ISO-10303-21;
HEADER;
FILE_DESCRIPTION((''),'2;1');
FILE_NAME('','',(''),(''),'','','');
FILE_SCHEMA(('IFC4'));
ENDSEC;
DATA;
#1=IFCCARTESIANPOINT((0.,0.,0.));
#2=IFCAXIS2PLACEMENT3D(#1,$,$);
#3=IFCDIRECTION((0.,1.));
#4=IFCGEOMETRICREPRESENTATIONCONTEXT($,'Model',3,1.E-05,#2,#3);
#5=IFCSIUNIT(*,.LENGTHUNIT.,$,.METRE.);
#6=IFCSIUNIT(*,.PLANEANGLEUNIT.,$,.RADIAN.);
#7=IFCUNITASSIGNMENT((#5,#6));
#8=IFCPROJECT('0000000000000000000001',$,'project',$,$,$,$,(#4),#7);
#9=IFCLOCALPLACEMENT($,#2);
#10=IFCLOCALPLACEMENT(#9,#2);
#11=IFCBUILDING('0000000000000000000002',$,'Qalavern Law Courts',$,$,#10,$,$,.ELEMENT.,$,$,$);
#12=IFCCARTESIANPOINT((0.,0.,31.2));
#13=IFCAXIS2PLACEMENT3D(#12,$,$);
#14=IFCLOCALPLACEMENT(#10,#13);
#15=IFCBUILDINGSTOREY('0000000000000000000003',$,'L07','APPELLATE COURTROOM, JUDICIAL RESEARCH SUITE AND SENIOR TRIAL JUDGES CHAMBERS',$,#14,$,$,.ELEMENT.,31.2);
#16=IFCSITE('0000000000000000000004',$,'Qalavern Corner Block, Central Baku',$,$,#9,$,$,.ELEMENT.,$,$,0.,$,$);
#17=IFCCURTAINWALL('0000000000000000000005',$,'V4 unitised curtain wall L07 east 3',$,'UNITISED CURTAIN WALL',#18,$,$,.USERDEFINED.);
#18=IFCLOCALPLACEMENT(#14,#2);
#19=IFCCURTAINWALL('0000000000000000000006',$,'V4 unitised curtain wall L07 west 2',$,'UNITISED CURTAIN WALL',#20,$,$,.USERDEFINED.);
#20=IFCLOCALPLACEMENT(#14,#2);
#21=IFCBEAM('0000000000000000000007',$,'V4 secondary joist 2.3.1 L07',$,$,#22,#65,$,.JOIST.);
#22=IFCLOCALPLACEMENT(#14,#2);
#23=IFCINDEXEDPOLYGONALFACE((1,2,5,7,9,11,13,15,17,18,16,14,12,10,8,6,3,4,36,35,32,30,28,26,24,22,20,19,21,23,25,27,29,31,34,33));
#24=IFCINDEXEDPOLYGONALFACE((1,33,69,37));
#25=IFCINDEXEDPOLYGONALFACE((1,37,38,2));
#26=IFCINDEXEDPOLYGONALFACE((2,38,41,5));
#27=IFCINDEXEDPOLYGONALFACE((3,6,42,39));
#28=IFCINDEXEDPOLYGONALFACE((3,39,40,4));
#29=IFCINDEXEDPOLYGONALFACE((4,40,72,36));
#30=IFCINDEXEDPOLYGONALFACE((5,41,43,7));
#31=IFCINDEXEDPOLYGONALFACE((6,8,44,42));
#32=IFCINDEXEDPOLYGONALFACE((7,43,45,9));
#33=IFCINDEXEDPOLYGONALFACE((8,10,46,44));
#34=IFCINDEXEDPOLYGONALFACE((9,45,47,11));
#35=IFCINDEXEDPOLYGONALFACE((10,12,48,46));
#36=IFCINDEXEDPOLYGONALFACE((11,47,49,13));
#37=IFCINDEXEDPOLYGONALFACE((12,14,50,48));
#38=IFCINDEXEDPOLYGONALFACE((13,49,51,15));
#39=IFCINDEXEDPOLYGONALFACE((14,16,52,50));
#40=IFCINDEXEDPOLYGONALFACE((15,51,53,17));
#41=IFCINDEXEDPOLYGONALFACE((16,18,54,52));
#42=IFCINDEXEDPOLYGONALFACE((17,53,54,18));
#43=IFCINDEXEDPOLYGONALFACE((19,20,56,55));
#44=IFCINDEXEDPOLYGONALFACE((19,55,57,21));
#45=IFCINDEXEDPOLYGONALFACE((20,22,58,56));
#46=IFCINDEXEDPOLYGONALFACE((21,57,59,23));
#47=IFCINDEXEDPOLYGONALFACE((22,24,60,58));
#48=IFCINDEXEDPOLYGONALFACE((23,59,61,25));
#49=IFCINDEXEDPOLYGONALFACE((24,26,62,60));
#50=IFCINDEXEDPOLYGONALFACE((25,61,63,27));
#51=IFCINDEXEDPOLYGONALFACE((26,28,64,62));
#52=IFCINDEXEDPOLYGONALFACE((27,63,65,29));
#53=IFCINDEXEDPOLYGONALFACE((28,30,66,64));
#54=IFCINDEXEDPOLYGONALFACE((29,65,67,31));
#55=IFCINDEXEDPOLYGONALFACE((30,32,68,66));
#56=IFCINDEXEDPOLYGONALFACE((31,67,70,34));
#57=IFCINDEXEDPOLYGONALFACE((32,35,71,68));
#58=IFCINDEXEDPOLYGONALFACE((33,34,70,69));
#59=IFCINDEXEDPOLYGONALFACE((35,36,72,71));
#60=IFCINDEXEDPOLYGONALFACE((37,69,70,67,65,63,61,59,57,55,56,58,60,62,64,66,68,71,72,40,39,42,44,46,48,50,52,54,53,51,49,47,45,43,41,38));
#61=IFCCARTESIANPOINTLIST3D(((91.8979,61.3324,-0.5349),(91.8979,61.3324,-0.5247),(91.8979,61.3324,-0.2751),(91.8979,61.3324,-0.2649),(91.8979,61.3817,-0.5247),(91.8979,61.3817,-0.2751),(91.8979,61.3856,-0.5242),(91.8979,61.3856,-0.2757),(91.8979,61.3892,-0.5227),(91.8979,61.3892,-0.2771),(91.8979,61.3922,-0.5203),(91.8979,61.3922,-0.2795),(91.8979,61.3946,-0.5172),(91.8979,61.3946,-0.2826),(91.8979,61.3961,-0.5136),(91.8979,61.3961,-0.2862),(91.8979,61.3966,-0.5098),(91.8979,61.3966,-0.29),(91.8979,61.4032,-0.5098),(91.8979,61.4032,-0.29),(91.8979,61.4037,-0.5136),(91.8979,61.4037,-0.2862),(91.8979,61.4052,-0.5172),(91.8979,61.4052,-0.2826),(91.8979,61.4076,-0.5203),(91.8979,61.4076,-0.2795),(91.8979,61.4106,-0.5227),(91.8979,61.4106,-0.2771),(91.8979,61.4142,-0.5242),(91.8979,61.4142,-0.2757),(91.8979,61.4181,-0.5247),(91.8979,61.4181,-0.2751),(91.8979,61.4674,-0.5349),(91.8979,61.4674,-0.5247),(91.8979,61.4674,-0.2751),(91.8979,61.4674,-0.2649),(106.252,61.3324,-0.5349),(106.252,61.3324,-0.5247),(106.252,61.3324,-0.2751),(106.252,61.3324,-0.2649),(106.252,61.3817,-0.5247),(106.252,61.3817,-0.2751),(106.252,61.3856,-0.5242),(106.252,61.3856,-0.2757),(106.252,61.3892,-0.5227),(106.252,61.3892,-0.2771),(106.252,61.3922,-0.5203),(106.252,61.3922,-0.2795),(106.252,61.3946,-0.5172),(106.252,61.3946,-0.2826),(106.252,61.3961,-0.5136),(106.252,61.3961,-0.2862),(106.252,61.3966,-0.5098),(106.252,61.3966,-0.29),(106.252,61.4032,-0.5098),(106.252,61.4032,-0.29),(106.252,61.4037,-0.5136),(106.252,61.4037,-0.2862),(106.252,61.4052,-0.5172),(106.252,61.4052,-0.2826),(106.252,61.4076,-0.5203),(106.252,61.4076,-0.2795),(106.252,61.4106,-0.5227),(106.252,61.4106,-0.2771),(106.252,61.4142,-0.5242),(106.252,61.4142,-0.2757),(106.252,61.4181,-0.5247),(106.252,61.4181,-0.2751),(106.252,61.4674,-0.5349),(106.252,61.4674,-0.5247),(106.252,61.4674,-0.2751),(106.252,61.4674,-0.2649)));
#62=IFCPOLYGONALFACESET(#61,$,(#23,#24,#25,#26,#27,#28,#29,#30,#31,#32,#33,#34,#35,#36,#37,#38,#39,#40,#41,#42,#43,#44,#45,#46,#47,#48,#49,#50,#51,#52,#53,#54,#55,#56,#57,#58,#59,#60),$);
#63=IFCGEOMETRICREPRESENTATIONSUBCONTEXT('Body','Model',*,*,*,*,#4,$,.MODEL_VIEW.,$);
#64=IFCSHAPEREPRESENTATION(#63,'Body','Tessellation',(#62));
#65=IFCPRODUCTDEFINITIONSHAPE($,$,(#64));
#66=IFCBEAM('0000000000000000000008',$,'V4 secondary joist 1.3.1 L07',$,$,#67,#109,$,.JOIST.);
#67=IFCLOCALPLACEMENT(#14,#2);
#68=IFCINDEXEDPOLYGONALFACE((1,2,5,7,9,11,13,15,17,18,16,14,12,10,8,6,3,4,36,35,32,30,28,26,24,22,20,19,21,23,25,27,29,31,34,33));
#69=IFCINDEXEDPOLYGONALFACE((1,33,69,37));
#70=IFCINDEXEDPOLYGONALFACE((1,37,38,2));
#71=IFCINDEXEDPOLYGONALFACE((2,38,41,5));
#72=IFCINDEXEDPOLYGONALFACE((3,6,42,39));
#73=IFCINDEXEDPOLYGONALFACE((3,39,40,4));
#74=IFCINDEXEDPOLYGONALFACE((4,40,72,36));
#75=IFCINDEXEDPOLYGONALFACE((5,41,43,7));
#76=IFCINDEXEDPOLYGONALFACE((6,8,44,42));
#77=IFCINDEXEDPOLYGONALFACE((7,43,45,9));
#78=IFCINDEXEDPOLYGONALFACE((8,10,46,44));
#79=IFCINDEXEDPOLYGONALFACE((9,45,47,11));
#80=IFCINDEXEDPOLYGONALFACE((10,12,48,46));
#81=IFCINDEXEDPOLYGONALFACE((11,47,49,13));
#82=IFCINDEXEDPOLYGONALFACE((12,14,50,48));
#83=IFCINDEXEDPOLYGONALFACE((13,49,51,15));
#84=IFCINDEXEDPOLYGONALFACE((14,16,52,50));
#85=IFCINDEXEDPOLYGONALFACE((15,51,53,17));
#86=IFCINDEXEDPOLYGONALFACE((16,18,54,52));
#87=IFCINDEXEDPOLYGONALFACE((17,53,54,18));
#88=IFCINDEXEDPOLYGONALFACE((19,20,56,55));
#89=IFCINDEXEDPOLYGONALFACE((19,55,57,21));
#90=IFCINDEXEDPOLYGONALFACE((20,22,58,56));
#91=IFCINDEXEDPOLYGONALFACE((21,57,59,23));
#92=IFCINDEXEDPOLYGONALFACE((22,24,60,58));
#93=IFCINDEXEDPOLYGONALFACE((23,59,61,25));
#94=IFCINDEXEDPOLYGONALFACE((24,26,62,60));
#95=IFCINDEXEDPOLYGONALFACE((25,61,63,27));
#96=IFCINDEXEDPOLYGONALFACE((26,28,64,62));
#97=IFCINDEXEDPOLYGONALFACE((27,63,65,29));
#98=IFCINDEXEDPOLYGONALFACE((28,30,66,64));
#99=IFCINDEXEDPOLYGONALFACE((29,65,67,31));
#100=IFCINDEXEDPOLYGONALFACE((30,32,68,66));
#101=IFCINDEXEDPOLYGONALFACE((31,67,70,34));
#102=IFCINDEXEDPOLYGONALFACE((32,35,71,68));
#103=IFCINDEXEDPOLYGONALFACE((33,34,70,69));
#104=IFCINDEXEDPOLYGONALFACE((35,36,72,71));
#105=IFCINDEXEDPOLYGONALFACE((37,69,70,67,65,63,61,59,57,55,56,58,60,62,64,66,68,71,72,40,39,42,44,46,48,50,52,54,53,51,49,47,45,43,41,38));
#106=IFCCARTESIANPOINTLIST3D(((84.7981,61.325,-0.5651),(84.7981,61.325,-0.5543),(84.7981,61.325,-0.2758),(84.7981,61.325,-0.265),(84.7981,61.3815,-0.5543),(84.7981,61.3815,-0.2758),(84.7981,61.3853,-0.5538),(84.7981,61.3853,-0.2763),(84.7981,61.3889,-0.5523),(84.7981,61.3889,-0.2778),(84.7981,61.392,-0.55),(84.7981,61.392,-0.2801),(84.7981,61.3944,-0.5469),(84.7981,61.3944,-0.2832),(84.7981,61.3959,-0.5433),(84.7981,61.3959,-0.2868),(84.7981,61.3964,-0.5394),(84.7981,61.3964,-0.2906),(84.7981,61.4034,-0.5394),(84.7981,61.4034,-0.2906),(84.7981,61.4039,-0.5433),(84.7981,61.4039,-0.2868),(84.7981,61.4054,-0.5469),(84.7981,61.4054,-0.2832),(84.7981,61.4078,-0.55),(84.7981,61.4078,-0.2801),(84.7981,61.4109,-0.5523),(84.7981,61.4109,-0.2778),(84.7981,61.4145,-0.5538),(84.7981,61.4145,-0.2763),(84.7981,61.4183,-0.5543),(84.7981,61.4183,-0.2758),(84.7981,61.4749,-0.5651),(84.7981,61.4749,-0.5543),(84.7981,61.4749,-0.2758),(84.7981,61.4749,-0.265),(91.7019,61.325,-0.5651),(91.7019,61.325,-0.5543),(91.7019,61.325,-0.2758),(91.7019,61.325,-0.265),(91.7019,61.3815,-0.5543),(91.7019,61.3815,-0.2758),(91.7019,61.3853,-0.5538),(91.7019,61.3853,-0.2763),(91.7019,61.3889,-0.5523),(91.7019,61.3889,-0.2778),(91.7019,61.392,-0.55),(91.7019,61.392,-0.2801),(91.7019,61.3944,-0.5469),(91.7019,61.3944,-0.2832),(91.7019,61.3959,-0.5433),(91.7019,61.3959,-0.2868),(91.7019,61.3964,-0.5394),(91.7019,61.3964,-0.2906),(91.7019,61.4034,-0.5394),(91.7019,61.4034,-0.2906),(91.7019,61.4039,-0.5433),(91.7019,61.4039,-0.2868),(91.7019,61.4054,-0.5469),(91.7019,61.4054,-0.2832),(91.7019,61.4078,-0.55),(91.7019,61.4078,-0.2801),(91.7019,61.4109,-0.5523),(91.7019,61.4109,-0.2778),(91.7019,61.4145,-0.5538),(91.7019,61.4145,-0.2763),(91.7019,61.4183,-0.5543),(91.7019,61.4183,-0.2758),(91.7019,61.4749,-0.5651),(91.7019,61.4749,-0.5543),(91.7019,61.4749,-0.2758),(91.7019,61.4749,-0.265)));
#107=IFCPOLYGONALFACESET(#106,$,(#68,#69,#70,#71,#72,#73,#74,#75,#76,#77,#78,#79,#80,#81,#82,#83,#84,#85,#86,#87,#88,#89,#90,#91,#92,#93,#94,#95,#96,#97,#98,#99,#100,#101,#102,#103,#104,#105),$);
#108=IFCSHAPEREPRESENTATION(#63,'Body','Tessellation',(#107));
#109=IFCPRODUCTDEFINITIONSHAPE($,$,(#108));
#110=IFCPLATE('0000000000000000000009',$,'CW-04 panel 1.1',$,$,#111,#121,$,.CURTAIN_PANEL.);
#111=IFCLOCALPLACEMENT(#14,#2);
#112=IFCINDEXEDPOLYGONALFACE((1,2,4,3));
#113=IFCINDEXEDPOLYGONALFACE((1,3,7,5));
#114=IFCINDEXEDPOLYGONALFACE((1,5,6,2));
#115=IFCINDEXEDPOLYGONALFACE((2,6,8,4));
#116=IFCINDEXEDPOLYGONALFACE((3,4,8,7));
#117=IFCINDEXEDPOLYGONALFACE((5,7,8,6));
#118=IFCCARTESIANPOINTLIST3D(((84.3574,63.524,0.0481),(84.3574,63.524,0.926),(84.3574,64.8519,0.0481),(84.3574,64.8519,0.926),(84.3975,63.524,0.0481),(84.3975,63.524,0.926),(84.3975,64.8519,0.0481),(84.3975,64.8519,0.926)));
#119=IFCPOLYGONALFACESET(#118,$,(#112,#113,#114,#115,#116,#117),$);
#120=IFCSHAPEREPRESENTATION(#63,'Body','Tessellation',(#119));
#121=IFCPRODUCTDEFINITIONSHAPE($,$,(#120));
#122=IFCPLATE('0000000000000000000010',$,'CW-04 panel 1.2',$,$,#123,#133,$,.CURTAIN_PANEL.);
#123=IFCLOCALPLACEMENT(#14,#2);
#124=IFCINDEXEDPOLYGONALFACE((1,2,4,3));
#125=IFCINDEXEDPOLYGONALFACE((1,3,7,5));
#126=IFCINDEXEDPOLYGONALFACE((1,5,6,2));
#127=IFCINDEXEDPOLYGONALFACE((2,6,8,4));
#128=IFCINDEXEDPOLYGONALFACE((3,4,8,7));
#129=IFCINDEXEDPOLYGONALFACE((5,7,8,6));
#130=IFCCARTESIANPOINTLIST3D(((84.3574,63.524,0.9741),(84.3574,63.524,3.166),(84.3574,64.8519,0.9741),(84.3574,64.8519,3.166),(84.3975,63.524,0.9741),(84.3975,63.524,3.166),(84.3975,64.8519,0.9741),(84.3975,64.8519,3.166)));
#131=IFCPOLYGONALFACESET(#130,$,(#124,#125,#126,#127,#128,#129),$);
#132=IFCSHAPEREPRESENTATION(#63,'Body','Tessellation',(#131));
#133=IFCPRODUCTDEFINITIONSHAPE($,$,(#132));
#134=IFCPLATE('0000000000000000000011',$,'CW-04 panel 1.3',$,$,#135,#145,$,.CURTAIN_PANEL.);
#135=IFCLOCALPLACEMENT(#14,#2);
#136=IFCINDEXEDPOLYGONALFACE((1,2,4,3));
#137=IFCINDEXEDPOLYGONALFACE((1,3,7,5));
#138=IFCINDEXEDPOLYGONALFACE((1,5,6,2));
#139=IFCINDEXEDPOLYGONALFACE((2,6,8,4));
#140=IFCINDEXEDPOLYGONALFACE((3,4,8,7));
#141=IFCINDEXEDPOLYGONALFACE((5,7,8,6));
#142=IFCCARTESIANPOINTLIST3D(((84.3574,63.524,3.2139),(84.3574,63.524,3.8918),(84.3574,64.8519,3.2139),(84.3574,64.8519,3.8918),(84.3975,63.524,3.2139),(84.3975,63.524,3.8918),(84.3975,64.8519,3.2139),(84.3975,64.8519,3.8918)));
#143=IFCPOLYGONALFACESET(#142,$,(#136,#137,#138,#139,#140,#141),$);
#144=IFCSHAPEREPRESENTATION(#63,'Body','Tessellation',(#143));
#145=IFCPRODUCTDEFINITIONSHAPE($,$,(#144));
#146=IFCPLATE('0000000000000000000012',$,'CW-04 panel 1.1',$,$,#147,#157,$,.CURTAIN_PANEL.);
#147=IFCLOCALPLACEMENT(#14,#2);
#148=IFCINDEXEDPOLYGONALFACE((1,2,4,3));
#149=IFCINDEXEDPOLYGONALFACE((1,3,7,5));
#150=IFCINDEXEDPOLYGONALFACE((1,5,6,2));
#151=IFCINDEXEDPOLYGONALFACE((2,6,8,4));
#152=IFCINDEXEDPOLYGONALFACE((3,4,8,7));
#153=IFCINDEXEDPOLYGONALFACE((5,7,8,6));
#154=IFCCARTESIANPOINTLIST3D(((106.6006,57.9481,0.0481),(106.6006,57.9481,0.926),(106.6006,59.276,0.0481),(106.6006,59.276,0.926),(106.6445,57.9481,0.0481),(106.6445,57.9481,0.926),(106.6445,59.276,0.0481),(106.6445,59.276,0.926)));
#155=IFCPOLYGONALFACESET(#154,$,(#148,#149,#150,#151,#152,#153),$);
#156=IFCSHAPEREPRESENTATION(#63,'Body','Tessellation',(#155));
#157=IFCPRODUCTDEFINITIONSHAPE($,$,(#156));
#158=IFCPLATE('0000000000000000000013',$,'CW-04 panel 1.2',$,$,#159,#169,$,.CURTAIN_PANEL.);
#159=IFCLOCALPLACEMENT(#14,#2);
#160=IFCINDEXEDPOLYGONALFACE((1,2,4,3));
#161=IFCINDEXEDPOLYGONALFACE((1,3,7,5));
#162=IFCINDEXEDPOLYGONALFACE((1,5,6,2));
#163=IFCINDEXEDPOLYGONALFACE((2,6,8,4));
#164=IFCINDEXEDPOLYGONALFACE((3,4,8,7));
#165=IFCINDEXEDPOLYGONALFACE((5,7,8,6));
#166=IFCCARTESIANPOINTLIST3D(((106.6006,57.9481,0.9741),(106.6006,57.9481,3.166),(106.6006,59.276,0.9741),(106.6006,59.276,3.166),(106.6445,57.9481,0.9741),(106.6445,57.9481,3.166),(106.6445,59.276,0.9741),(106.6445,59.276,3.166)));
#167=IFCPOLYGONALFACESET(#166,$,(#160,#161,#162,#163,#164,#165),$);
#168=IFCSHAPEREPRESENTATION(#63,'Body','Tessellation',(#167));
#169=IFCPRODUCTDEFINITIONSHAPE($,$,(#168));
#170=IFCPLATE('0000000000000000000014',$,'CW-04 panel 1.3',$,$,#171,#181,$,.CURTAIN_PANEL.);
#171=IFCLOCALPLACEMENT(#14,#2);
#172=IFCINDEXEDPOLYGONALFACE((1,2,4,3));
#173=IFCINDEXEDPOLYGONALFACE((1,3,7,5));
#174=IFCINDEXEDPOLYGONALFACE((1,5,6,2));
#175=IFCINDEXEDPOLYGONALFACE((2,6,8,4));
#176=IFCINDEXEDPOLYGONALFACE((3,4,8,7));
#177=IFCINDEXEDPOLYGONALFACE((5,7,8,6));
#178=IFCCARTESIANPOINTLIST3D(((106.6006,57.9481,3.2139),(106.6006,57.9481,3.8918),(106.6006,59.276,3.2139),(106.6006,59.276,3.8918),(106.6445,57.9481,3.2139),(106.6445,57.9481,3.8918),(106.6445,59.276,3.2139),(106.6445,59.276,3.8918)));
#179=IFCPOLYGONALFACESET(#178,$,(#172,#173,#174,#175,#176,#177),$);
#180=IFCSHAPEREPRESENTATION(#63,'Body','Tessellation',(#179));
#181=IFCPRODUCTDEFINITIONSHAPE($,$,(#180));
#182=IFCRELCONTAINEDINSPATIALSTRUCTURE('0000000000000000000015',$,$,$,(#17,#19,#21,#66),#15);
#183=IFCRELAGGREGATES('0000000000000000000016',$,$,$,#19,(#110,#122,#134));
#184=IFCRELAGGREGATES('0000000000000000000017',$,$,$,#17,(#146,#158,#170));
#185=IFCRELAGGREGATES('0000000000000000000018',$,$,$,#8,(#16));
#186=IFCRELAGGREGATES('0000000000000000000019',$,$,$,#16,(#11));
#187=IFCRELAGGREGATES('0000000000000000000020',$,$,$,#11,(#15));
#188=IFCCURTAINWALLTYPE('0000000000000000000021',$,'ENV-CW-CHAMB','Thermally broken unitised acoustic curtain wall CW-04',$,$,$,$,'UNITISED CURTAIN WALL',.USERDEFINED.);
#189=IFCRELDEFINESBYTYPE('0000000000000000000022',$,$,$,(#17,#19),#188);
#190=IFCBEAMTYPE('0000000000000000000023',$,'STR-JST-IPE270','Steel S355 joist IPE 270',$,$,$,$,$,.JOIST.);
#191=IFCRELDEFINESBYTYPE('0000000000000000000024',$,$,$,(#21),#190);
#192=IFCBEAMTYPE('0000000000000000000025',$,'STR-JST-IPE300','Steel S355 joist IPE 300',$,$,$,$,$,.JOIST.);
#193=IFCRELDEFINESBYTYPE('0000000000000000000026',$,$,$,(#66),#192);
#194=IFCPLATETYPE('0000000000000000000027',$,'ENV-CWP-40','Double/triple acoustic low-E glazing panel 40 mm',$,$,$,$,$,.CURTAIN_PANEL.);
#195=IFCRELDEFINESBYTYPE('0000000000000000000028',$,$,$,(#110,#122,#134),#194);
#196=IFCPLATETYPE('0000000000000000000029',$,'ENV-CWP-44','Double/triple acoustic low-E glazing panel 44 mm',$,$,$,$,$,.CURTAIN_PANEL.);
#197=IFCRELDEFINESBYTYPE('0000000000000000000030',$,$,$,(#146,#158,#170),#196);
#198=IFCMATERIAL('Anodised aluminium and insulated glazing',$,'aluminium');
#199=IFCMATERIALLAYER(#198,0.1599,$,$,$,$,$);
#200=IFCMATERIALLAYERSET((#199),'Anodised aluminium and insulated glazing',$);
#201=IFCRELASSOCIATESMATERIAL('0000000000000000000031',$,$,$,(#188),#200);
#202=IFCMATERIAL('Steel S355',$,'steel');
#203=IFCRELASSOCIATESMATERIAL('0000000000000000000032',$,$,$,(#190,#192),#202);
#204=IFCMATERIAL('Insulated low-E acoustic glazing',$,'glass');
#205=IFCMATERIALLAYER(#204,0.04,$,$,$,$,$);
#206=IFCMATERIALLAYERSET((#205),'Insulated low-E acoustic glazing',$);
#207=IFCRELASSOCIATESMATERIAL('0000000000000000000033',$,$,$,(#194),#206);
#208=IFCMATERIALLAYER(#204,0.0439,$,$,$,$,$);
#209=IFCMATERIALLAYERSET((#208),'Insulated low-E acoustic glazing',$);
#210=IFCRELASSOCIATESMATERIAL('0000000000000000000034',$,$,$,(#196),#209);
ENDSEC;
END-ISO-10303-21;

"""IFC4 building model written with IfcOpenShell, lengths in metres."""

from ifc_helpers import new_model, si_unit, direction, frame, origin, origin_2d, place, context, subcontext, project, spatial, rectangle, i_section, extrude, material, layer, layer_set, material_profile, profile_set, type_object, element, aggregate, save


model = new_model("IFC4")

# Units and contexts
model_context = context("Model", 3, precision=1e-05, world=origin(), true_north=direction((0.0, 1.0)))
body_context = subcontext(model_context, "Body", "Model", "MODEL_VIEW")
ifc_project = project(units=[si_unit("LENGTHUNIT", "METRE"), si_unit("PLANEANGLEUNIT", "RADIAN")], contexts=[model_context])

# Site, building, storey
site_placement = place(None, origin())
site = spatial("IfcSite", under=ifc_project, at=site_placement, Name="Qalavern Corner Block, Central Baku", CompositionType="ELEMENT", RefElevation=0.0)
building_placement = place(site_placement, origin())
building = spatial("IfcBuilding", under=site, at=building_placement, Name="Qalavern Law Courts", CompositionType="ELEMENT")
storey_placement = place(building_placement, frame((0.0, 0.0, 31.2)))
storey = spatial("IfcBuildingStorey", under=building, at=storey_placement, Name="L07", Description="APPELLATE COURTROOM, JUDICIAL RESEARCH SUITE AND SENIOR TRIAL JUDGES CHAMBERS", CompositionType="ELEMENT", Elevation=31.2)

# Curtain wall
ifc_material_1 = material(Name="Anodised aluminium and insulated glazing", Category="aluminium")
ifc_layer_1 = layer(ifc_material_1, 0.1599)
ifc_layer_set_1 = layer_set([ifc_layer_1], Name="Anodised aluminium and insulated glazing")
curtain_wall_type = type_object("IfcCurtainWallType", Name="ENV-CW-CHAMB", Description="Thermally broken unitised acoustic curtain wall CW-04", ElementType="UNITISED CURTAIN WALL", PredefinedType="USERDEFINED", material=ifc_layer_set_1)
curtain_wall_1_placement = place(storey_placement, origin())
curtain_wall_1 = element("IfcCurtainWall", 1, at=curtain_wall_1_placement, inside=storey, type_object=curtain_wall_type, Name="V4 unitised curtain wall L07 east 3", ObjectType="UNITISED CURTAIN WALL", PredefinedType="USERDEFINED")

# Curtain wall
curtain_wall_2_placement = place(storey_placement, origin())
curtain_wall_2 = element("IfcCurtainWall", 2, at=curtain_wall_2_placement, inside=storey, type_object=curtain_wall_type, Name="V4 unitised curtain wall L07 west 2", ObjectType="UNITISED CURTAIN WALL", PredefinedType="USERDEFINED")

# Beams
ifc_material_2 = material(Name="Steel S355", Category="steel")
ifc_material_profile_1 = material_profile(ifc_material_2, i_section(OverallWidth=0.135, OverallDepth=0.27, WebThickness=0.0066, FlangeThickness=0.0103, FilletRadius=0.0149, at=origin_2d()), Name="IPE 270")
ifc_profile_set_1 = profile_set([ifc_material_profile_1], Name="Steel S355")
beam_type_1 = type_object("IfcBeamType", Name="STR-JST-IPE270", Description="Steel S355 joist IPE 270", PredefinedType="JOIST", material=ifc_profile_set_1)
beam_1_placement = place(storey_placement, frame((91.8979, 61.3999, -0.3999), z_axis=(1.0, 0.0, 0.0), x_axis=(0.0, 1.0, 0.0)))
element("IfcBeam", 3, at=beam_1_placement, inside=storey, type_object=beam_type_1, Name="V4 secondary joist 2.3.1 L07", PredefinedType="JOIST", context=body_context, shape_type="SweptSolid", body=[
    extrude(i_section(OverallWidth=0.135, OverallDepth=0.27, WebThickness=0.0066, FlangeThickness=0.0103, FilletRadius=0.0149, at=origin_2d()), origin(), (0.0, 0.0, 1.0), 14.354),
])
ifc_material_profile_2 = material_profile(ifc_material_2, i_section(OverallWidth=0.1499, OverallDepth=0.3, WebThickness=0.0071, FlangeThickness=0.0107, FilletRadius=0.0149, at=origin_2d()), Name="IPE 300")
ifc_profile_set_2 = profile_set([ifc_material_profile_2], Name="Steel S355")
beam_type_2 = type_object("IfcBeamType", Name="STR-JST-IPE300", Description="Steel S355 joist IPE 300", PredefinedType="JOIST", material=ifc_profile_set_2)
beam_2_placement = place(storey_placement, frame((84.7981, 61.3999, -0.415), z_axis=(1.0, 0.0, 0.0), x_axis=(0.0, 1.0, 0.0)))
element("IfcBeam", 4, at=beam_2_placement, inside=storey, type_object=beam_type_2, Name="V4 secondary joist 1.3.1 L07", PredefinedType="JOIST", context=body_context, shape_type="SweptSolid", body=[
    extrude(i_section(OverallWidth=0.1499, OverallDepth=0.3, WebThickness=0.0071, FlangeThickness=0.0107, FilletRadius=0.0149, at=origin_2d()), origin(), (0.0, 0.0, 1.0), 6.9038),
])

# Plates
ifc_material_3 = material(Name="Insulated low-E acoustic glazing", Category="glass")
ifc_layer_2 = layer(ifc_material_3, 0.04)
ifc_layer_set_2 = layer_set([ifc_layer_2], Name="Insulated low-E acoustic glazing")
plate_type_1 = type_object("IfcPlateType", Name="ENV-CWP-40", Description="Double/triple acoustic low-E glazing panel 40 mm", PredefinedType="CURTAIN_PANEL", material=ifc_layer_set_2)
plate_1_placement = place(storey_placement, frame((84.3774, 64.188, 0.0481), z_axis=(0.0, 0.0, 1.0), x_axis=(0.0, -1.0, 0.0)))
plate_1 = element("IfcPlate", 5, at=plate_1_placement, type_object=plate_type_1, Name="CW-04 panel 1.1", PredefinedType="CURTAIN_PANEL", context=body_context, shape_type="SweptSolid", body=[
    extrude(rectangle(XDim=1.3279, YDim=0.04, at=origin_2d()), origin(), (0.0, 0.0, 1.0), 0.8779),
])
plate_2_placement = place(storey_placement, frame((84.3774, 64.188, 0.9741), z_axis=(0.0, 0.0, 1.0), x_axis=(0.0, -1.0, 0.0)))
plate_2 = element("IfcPlate", 6, at=plate_2_placement, type_object=plate_type_1, Name="CW-04 panel 1.2", PredefinedType="CURTAIN_PANEL", context=body_context, shape_type="SweptSolid", body=[
    extrude(rectangle(XDim=1.3279, YDim=0.04, at=origin_2d()), origin(), (0.0, 0.0, 1.0), 2.1919),
])
plate_3_placement = place(storey_placement, frame((84.3774, 64.188, 3.2139), z_axis=(0.0, 0.0, 1.0), x_axis=(0.0, -1.0, 0.0)))
plate_3 = element("IfcPlate", 7, at=plate_3_placement, type_object=plate_type_1, Name="CW-04 panel 1.3", PredefinedType="CURTAIN_PANEL", context=body_context, shape_type="SweptSolid", body=[
    extrude(rectangle(XDim=1.3279, YDim=0.04, at=origin_2d()), origin(), (0.0, 0.0, 1.0), 0.678),
])
aggregate(curtain_wall_2, [plate_1, plate_2, plate_3])
ifc_layer_3 = layer(ifc_material_3, 0.0439)
ifc_layer_set_3 = layer_set([ifc_layer_3], Name="Insulated low-E acoustic glazing")
plate_type_2 = type_object("IfcPlateType", Name="ENV-CWP-44", Description="Double/triple acoustic low-E glazing panel 44 mm", PredefinedType="CURTAIN_PANEL", material=ifc_layer_set_3)
plate_4_placement = place(storey_placement, frame((106.6226, 58.6121, 0.0481), z_axis=(0.0, 0.0, 1.0), x_axis=(0.0, 1.0, 0.0)))
plate_4 = element("IfcPlate", 8, at=plate_4_placement, type_object=plate_type_2, Name="CW-04 panel 1.1", PredefinedType="CURTAIN_PANEL", context=body_context, shape_type="SweptSolid", body=[
    extrude(rectangle(XDim=1.3279, YDim=0.0439, at=origin_2d()), origin(), (0.0, 0.0, 1.0), 0.8779),
])
plate_5_placement = place(storey_placement, frame((106.6226, 58.6121, 0.9741), z_axis=(0.0, 0.0, 1.0), x_axis=(0.0, 1.0, 0.0)))
plate_5 = element("IfcPlate", 9, at=plate_5_placement, type_object=plate_type_2, Name="CW-04 panel 1.2", PredefinedType="CURTAIN_PANEL", context=body_context, shape_type="SweptSolid", body=[
    extrude(rectangle(XDim=1.3279, YDim=0.0439, at=origin_2d()), origin(), (0.0, 0.0, 1.0), 2.1919),
])
plate_6_placement = place(storey_placement, frame((106.6226, 58.6121, 3.2139), z_axis=(0.0, 0.0, 1.0), x_axis=(0.0, 1.0, 0.0)))
plate_6 = element("IfcPlate", 10, at=plate_6_placement, type_object=plate_type_2, Name="CW-04 panel 1.3", PredefinedType="CURTAIN_PANEL", context=body_context, shape_type="SweptSolid", body=[
    extrude(rectangle(XDim=1.3279, YDim=0.0439, at=origin_2d()), origin(), (0.0, 0.0, 1.0), 0.678),
])
aggregate(curtain_wall_1, [plate_4, plate_5, plate_6])

save(model, "model.ifc")
